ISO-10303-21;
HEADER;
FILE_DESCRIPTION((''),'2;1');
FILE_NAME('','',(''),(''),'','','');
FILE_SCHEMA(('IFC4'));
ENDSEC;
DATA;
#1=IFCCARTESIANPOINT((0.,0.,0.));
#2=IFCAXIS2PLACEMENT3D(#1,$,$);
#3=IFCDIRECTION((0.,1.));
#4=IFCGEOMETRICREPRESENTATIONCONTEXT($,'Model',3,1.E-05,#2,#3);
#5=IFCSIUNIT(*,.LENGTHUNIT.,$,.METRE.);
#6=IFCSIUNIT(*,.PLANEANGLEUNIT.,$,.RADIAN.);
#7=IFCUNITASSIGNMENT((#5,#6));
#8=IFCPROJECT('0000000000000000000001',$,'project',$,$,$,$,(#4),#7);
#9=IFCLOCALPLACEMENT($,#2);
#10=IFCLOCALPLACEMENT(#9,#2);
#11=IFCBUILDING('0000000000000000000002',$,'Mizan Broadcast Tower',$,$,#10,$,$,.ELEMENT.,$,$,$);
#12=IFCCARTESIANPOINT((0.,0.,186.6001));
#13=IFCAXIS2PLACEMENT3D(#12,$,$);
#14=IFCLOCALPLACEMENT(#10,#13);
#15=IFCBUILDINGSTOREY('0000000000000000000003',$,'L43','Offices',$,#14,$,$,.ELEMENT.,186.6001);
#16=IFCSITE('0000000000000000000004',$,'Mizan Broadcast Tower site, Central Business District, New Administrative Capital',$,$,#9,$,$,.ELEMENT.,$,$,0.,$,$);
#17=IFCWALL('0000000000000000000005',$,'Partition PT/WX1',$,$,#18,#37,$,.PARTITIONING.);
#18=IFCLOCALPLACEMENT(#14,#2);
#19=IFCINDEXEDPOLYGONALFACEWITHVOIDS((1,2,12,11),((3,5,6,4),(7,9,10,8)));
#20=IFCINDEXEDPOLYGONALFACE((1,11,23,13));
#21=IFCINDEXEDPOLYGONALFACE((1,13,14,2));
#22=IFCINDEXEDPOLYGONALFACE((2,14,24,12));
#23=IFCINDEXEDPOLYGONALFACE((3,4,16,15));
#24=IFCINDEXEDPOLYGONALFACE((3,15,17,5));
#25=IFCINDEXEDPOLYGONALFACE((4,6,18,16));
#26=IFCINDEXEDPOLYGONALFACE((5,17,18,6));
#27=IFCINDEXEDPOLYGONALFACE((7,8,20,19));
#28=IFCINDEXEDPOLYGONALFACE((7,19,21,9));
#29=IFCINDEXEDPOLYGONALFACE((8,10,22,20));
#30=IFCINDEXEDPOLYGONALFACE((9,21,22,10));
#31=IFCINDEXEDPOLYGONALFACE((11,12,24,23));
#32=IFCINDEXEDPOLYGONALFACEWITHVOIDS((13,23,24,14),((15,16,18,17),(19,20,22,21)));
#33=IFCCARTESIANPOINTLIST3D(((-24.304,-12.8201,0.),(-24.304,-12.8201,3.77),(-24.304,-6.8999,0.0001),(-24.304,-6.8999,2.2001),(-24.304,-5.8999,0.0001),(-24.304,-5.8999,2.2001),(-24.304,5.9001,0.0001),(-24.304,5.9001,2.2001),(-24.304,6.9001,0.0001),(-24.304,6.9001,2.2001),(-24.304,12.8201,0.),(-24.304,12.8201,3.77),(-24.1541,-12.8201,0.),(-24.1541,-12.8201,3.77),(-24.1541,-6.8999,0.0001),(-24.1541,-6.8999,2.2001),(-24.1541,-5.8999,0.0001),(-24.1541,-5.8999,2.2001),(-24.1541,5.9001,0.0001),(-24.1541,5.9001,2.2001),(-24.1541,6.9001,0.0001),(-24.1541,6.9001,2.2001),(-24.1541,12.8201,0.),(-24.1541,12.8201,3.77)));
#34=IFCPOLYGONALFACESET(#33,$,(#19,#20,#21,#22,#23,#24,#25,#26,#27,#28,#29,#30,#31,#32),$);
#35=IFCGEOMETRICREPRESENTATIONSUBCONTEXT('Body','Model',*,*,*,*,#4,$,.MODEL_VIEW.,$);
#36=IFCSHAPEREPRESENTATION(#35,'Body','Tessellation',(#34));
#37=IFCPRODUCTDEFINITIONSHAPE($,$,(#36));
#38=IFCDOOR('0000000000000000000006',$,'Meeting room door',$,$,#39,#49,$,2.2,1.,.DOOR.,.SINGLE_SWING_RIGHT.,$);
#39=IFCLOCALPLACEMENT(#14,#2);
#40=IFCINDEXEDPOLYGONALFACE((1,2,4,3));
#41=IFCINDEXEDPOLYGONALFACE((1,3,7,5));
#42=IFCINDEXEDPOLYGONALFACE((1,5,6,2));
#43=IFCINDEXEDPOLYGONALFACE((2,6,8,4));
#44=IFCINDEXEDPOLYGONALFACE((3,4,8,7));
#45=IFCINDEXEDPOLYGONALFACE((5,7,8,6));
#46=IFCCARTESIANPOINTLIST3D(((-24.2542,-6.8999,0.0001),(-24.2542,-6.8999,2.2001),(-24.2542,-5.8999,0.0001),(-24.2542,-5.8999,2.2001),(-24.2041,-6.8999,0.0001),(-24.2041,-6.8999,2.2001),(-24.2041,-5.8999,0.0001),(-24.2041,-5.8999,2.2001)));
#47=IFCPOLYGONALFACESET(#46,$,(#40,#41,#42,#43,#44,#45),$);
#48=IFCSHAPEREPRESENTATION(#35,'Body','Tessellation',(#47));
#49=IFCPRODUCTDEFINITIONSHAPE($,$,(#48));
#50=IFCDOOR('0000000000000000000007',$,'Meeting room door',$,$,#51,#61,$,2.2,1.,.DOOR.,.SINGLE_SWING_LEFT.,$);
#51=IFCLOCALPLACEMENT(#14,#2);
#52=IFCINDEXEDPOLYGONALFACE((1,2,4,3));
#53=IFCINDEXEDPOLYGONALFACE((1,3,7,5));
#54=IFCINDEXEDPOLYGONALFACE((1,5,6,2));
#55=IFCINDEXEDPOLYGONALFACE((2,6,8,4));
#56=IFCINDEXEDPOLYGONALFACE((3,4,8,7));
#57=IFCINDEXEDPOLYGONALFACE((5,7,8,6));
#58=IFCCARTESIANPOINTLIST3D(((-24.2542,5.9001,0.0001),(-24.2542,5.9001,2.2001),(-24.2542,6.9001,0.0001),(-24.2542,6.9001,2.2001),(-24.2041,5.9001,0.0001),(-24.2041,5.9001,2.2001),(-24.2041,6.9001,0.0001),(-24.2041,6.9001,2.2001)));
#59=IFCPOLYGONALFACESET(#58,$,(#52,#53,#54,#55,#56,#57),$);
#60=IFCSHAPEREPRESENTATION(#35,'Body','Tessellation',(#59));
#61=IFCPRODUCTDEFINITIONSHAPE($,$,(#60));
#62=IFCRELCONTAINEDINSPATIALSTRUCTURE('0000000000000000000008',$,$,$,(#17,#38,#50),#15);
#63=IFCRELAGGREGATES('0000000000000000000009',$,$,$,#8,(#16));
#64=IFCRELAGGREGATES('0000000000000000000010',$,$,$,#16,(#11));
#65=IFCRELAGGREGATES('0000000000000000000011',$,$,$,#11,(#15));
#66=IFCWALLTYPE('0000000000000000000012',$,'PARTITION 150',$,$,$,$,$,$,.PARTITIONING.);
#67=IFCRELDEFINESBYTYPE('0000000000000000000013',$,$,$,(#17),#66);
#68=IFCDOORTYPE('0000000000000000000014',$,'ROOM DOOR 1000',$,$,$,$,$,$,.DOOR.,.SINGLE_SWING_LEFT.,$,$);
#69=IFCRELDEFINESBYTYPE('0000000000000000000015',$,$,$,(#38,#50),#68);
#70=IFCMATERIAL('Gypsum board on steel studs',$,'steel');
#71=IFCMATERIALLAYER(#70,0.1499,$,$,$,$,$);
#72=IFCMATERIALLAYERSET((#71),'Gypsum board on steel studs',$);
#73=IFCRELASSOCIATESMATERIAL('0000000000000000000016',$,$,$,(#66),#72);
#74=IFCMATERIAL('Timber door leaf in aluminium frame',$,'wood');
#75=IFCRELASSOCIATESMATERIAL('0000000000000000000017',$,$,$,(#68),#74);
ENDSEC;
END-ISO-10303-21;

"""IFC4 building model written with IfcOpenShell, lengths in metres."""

from ifc_helpers import new_model, si_unit, direction, frame, frame_2d, origin, place, context, subcontext, project, spatial, rectangle, extrude, material, layer, layer_set, type_object, element, fill, save


model = new_model("IFC4")

# Units and contexts
model_context = context("Model", 3, precision=1e-05, world=origin(), true_north=direction((0.0, 1.0)))
body_context = subcontext(model_context, "Body", "Model", "MODEL_VIEW")
ifc_project = project(units=[si_unit("LENGTHUNIT", "METRE"), si_unit("PLANEANGLEUNIT", "RADIAN")], contexts=[model_context])

# Site, building, storey
site_placement = place(None, origin())
site = spatial("IfcSite", under=ifc_project, at=site_placement, Name="Mizan Broadcast Tower site, Central Business District, New Administrative Capital", CompositionType="ELEMENT", RefElevation=0.0)
building_placement = place(site_placement, origin())
building = spatial("IfcBuilding", under=site, at=building_placement, Name="Mizan Broadcast Tower", CompositionType="ELEMENT")
storey_placement = place(building_placement, frame((0.0, 0.0, 186.6001)))
storey = spatial("IfcBuildingStorey", under=building, at=storey_placement, Name="L43", Description="Offices", CompositionType="ELEMENT", Elevation=186.6001)

# Wall, openings, doors
ifc_material_1 = material(Name="Gypsum board on steel studs", Category="steel")
ifc_layer_1 = layer(ifc_material_1, 0.1499)
ifc_layer_set_1 = layer_set([ifc_layer_1], Name="Gypsum board on steel studs")
wall_type_1 = type_object("IfcWallType", Name="PARTITION 150", PredefinedType="PARTITIONING", material=ifc_layer_set_1)
wall_1_placement = place(storey_placement, frame((-24.229, 12.8201, 0.0), z_axis=(0.0, 0.0, 1.0), x_axis=(0.0, -1.0, 0.0)))
wall_1 = element("IfcWall", 1, at=wall_1_placement, inside=storey, type_object=wall_type_1, Name="Partition PT/WX1", PredefinedType="PARTITIONING", context=body_context, shape_type="SweptSolid", body=[
    extrude(rectangle(XDim=25.6401, YDim=0.1499, at=frame_2d((12.8201, 0.0))), origin(), (0.0, 0.0, 1.0), 3.77),
])
opening_1_placement = place(wall_1_placement, frame((18.72, 0.0, 0.0)))
opening_1 = element("IfcOpeningElement", 2, at=opening_1_placement, cuts=wall_1, PredefinedType="OPENING", context=body_context, shape_type="SweptSolid", body=[
    extrude(rectangle(XDim=1.0, YDim=2.2, at=frame_2d((0.5, 1.1001))), frame((0.0, 0.085, 0.0), z_axis=(0.0, -1.0, 0.0), x_axis=(1.0, 0.0, 0.0)), (0.0, 0.0, 1.0), 0.1699),
])
opening_2_placement = place(wall_1_placement, frame((5.9199, 0.0, 0.0)))
opening_2 = element("IfcOpeningElement", 3, at=opening_2_placement, cuts=wall_1, PredefinedType="OPENING", context=body_context, shape_type="SweptSolid", body=[
    extrude(rectangle(XDim=1.0, YDim=2.2, at=frame_2d((0.5, 1.1001))), frame((0.0, 0.085, 0.0), z_axis=(0.0, -1.0, 0.0), x_axis=(1.0, 0.0, 0.0)), (0.0, 0.0, 1.0), 0.1699),
])
ifc_material_2 = material(Name="Timber door leaf in aluminium frame", Category="wood")
door_type = type_object("IfcDoorType", Name="ROOM DOOR 1000", OperationType="SINGLE_SWING_LEFT", PredefinedType="DOOR", material=ifc_material_2)
door_1_placement = place(opening_1_placement, origin())
door_1 = element("IfcDoor", 4, at=door_1_placement, inside=storey, type_object=door_type, Name="Meeting room door", OperationType="SINGLE_SWING_RIGHT", OverallHeight=2.2, OverallWidth=1.0, PredefinedType="DOOR", context=body_context, shape_type="SweptSolid", body=[
    extrude(rectangle(XDim=1.0, YDim=2.2, at=frame_2d((0.5, 1.1001))), frame((0.0, 0.0249, 0.0), z_axis=(0.0, -1.0, 0.0), x_axis=(1.0, 0.0, 0.0)), (0.0, 0.0, 1.0), 0.05),
])
fill(opening_1, door_1)
door_2_placement = place(opening_2_placement, origin())
door_2 = element("IfcDoor", 5, at=door_2_placement, inside=storey, type_object=door_type, Name="Meeting room door", OperationType="SINGLE_SWING_LEFT", OverallHeight=2.2, OverallWidth=1.0, PredefinedType="DOOR", context=body_context, shape_type="SweptSolid", body=[
    extrude(rectangle(XDim=1.0, YDim=2.2, at=frame_2d((0.5, 1.1001))), frame((0.0, 0.0249, 0.0), z_axis=(0.0, -1.0, 0.0), x_axis=(1.0, 0.0, 0.0)), (0.0, 0.0, 1.0), 0.05),
])
fill(opening_2, door_2)

save(model, "model.ifc")
